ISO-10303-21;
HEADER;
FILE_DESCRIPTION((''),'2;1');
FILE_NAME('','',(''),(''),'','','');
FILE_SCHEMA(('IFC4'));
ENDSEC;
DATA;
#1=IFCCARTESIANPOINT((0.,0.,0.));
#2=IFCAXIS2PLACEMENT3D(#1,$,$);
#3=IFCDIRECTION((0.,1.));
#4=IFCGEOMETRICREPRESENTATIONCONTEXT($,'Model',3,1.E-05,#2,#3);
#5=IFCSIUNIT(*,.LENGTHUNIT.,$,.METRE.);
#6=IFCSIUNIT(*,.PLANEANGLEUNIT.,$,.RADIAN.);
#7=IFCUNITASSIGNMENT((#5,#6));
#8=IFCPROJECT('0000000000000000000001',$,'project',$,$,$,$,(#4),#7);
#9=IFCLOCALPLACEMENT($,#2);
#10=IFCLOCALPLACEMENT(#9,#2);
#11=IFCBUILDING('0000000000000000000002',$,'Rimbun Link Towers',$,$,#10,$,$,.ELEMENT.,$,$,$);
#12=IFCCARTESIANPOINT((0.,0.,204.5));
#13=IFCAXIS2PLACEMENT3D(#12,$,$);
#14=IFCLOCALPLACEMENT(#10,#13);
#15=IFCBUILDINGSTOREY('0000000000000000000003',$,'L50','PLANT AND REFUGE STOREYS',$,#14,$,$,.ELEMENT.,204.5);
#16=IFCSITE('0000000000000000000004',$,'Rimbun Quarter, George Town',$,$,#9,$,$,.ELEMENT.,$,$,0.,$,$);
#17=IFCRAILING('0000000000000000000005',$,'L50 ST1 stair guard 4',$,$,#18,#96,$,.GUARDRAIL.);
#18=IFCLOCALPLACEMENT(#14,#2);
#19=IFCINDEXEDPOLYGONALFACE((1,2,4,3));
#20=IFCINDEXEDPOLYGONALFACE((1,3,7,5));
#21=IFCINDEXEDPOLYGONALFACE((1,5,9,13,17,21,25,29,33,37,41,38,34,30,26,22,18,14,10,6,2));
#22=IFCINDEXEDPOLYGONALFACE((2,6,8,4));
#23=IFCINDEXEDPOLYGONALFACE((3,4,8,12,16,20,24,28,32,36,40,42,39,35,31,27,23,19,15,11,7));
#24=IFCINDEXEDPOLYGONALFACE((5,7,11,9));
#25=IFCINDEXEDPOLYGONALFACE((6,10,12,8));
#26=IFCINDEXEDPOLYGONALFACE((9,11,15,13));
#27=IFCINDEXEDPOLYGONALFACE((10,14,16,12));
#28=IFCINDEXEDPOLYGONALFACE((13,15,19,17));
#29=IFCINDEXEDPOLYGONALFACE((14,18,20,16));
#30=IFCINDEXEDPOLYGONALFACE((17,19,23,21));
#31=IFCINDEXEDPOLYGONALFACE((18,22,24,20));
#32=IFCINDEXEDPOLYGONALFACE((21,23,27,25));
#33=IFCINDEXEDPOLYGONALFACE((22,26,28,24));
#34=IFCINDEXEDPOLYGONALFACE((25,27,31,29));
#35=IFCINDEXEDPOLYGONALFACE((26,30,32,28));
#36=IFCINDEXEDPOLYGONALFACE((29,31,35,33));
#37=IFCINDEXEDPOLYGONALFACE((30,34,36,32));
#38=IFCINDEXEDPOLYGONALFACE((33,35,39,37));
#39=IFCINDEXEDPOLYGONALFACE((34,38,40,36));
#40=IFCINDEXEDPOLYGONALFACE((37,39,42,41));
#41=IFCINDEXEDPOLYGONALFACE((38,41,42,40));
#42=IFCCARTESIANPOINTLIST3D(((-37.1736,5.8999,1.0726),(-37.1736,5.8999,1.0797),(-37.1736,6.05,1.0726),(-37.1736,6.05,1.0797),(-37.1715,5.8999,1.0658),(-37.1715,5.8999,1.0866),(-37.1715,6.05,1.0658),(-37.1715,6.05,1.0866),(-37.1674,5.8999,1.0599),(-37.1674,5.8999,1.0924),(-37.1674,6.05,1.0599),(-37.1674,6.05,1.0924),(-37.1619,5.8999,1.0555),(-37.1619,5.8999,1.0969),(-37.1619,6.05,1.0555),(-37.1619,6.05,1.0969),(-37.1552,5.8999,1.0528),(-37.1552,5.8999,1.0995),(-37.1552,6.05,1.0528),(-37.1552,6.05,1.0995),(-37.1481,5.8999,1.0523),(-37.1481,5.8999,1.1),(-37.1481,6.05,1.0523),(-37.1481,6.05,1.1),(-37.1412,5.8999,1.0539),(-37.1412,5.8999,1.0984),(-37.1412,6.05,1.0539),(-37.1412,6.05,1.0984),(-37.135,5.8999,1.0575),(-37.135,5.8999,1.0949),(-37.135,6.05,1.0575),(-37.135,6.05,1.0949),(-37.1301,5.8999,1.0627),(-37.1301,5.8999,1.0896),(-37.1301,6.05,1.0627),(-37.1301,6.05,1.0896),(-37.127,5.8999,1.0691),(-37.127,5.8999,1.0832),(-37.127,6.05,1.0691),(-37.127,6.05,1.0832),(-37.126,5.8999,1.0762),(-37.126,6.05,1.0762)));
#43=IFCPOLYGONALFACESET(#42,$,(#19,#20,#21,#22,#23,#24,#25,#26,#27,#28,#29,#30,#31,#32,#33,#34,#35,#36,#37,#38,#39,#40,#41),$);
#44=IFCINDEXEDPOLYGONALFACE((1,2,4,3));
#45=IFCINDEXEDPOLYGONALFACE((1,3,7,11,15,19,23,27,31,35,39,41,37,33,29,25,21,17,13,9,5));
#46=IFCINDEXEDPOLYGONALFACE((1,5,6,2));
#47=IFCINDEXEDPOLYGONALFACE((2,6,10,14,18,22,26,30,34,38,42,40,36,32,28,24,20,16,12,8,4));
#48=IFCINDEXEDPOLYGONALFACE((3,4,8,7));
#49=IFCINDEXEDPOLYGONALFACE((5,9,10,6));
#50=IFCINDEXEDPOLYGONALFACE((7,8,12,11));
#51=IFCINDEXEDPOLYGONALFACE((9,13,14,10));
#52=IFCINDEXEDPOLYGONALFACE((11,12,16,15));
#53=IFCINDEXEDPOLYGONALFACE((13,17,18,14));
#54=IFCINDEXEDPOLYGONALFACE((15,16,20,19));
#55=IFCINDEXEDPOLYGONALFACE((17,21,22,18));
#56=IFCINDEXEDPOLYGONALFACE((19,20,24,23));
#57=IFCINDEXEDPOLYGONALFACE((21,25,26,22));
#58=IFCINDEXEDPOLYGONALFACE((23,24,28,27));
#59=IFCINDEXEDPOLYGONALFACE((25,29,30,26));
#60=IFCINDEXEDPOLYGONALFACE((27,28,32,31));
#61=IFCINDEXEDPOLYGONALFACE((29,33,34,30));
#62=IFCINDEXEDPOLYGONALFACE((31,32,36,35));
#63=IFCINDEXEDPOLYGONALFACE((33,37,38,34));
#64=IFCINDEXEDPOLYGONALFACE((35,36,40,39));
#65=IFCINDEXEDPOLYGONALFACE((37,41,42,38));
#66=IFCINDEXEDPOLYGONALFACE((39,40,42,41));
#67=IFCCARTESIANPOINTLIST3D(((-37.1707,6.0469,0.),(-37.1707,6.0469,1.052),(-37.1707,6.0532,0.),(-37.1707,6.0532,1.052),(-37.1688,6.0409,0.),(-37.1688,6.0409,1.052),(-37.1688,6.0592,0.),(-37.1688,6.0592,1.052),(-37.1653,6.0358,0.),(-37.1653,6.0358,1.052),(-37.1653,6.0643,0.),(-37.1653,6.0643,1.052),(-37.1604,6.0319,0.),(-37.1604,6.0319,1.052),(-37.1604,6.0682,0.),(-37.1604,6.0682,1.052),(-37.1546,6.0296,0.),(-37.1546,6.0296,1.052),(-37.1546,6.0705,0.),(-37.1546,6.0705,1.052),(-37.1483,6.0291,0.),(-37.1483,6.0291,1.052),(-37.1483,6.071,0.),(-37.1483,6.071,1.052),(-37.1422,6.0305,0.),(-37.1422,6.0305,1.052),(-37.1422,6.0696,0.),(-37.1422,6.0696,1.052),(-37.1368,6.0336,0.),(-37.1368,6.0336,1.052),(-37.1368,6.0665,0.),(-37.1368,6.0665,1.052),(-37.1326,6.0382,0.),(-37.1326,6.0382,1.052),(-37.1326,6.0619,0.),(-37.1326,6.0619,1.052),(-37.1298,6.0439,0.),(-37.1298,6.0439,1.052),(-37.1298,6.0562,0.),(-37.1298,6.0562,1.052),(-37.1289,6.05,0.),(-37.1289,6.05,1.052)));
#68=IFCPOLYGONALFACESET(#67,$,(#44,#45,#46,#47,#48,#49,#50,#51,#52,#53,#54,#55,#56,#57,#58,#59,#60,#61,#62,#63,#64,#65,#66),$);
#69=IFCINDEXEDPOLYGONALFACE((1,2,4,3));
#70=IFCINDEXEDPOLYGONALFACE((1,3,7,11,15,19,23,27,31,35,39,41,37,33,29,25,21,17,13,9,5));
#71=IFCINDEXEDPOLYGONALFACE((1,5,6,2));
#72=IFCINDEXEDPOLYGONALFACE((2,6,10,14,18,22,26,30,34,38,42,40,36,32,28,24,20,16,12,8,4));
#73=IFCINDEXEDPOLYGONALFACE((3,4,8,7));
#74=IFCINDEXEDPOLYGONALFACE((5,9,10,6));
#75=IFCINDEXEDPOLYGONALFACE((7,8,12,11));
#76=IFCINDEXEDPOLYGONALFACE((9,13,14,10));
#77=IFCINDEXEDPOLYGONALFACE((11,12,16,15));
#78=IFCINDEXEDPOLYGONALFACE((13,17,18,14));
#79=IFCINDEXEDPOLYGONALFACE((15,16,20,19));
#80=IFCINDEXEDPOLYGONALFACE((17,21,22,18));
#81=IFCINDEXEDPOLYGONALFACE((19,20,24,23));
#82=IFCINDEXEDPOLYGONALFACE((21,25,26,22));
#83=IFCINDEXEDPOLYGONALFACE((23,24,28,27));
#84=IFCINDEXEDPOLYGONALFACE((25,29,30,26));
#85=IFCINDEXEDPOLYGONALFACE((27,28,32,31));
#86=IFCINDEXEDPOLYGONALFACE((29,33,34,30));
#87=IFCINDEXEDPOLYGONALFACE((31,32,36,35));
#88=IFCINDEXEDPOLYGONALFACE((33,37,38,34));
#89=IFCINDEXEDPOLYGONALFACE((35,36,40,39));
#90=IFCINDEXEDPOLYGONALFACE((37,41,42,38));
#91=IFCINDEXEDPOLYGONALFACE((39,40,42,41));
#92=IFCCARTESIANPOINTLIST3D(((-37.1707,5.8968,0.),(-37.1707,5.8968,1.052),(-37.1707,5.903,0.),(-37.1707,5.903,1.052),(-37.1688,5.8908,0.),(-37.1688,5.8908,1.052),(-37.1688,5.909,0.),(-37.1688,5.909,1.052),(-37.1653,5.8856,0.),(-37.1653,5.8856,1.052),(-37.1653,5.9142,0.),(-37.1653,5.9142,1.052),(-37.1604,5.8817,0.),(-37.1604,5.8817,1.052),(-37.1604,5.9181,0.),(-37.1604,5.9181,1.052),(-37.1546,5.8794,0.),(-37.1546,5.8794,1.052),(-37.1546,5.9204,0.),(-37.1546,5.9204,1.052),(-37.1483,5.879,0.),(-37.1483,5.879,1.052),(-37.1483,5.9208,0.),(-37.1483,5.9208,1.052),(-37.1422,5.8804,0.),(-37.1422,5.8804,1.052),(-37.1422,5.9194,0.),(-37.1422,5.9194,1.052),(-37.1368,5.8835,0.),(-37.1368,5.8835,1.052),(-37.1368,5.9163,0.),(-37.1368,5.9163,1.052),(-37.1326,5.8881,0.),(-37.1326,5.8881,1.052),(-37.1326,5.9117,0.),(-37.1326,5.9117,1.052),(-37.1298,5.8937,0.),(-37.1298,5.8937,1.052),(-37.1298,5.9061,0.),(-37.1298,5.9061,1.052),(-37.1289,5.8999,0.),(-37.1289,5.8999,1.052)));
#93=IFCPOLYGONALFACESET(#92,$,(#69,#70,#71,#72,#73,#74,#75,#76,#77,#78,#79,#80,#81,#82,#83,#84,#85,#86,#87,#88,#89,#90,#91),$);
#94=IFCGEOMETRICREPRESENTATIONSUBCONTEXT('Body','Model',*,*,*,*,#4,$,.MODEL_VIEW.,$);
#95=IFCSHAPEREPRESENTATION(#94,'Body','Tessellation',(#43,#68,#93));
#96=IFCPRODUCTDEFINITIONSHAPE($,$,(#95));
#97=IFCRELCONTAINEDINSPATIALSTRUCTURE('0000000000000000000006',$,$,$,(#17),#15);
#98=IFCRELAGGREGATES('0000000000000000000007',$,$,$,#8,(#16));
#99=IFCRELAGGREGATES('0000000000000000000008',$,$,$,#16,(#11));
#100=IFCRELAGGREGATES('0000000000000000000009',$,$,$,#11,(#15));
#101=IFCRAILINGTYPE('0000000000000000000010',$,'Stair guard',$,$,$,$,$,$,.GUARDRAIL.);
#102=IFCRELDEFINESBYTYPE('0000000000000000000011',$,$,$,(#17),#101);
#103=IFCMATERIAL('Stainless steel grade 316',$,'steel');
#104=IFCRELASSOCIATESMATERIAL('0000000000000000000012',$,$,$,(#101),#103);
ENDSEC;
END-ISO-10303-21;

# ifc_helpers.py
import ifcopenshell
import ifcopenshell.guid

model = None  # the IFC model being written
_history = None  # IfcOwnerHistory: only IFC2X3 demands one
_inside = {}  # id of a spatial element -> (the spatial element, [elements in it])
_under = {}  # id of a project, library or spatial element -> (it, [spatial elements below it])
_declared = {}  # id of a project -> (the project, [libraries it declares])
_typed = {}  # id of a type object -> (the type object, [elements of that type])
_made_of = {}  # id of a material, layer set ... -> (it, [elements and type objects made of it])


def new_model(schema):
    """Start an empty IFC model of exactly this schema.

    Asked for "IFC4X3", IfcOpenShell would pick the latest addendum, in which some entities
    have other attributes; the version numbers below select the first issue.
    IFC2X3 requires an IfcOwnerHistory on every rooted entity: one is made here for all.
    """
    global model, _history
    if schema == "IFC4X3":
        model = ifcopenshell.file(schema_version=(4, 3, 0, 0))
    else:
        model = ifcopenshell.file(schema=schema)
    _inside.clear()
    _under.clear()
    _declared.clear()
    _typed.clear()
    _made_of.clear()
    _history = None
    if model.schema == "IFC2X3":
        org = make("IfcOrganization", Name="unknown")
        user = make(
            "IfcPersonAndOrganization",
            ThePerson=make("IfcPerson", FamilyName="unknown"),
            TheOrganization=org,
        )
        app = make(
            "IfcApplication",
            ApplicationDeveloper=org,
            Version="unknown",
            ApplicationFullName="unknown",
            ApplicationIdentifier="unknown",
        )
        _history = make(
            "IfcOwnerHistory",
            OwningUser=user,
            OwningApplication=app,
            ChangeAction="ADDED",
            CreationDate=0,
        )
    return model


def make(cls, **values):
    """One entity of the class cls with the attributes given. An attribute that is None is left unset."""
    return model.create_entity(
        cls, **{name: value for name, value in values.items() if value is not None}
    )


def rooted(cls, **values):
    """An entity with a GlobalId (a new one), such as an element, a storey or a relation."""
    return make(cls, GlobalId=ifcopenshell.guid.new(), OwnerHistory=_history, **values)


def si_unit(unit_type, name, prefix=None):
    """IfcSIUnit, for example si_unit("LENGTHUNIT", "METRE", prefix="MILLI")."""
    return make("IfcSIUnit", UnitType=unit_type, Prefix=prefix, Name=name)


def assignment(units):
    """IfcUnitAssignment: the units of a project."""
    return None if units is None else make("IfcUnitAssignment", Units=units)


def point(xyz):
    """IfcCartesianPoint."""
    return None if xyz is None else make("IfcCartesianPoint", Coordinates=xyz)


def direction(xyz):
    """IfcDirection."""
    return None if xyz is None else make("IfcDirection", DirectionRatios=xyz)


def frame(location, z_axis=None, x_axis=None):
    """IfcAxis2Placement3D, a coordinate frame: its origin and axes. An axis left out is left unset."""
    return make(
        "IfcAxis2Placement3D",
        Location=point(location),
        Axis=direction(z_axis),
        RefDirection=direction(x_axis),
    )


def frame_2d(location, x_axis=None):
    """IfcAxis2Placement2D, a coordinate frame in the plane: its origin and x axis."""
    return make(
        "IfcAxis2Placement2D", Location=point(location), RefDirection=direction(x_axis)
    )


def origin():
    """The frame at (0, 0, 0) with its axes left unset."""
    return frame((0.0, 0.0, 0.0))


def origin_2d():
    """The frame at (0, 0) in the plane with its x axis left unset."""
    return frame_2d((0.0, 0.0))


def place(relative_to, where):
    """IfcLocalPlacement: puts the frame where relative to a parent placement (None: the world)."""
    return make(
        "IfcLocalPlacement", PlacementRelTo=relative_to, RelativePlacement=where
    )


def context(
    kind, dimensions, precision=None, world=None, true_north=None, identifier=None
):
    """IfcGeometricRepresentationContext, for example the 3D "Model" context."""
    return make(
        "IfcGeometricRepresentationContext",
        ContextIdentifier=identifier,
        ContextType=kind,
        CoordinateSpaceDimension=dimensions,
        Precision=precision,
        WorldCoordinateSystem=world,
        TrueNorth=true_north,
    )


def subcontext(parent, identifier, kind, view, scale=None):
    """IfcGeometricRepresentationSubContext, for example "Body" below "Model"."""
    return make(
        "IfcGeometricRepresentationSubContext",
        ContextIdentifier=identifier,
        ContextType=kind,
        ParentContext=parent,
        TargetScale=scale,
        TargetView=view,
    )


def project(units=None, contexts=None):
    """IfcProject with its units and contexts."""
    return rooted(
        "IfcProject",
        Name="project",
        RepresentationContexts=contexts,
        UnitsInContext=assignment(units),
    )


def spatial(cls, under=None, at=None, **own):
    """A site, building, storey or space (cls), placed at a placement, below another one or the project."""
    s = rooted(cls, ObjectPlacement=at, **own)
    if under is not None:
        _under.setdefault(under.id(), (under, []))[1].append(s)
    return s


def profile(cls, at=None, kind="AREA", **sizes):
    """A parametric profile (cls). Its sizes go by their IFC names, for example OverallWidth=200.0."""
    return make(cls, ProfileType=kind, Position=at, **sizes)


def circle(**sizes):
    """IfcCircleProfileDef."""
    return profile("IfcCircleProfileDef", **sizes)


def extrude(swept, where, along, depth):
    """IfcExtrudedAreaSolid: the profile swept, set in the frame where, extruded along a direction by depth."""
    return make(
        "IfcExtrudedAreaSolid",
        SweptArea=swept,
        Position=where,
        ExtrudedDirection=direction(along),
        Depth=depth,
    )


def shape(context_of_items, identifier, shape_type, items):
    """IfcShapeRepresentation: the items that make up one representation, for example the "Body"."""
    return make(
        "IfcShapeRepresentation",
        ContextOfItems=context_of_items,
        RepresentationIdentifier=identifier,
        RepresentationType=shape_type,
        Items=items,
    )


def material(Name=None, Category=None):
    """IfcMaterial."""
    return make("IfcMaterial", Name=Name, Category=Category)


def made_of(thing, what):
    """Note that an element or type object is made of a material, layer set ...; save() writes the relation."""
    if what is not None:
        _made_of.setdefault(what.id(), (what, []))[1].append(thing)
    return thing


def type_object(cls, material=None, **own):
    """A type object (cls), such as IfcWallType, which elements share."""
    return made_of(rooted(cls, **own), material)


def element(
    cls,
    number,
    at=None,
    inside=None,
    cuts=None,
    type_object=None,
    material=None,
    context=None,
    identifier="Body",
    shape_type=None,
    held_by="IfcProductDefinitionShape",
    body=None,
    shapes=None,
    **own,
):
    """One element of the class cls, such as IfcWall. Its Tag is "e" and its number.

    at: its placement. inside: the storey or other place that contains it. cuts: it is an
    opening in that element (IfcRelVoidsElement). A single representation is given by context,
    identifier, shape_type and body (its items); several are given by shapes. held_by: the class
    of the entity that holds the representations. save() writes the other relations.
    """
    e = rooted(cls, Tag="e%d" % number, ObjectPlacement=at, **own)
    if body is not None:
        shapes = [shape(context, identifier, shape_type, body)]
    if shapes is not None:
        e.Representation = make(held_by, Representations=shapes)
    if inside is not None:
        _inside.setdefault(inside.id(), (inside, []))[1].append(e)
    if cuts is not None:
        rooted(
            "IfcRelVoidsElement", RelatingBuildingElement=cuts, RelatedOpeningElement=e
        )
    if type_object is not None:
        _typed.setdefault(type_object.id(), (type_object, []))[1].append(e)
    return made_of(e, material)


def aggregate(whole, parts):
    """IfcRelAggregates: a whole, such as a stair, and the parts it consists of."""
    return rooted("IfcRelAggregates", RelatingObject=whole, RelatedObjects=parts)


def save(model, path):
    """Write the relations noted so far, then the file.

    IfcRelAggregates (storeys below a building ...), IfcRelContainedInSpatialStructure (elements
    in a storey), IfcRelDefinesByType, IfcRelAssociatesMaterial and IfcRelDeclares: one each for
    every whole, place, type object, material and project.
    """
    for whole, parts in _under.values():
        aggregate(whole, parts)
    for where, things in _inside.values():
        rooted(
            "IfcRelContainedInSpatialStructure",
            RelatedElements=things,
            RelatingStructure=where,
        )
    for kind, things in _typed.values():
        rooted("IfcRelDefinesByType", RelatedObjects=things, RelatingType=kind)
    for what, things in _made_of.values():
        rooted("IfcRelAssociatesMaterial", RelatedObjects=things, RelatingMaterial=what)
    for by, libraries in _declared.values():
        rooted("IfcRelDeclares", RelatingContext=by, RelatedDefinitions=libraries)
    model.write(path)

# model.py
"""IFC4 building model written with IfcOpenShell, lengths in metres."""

from ifc_helpers import new_model, si_unit, direction, frame, origin, origin_2d, place, context, subcontext, project, spatial, circle, extrude, material, type_object, element, save


model = new_model("IFC4")

# Units and contexts
model_context = context("Model", 3, precision=1e-05, world=origin(), true_north=direction((0.0, 1.0)))
body_context = subcontext(model_context, "Body", "Model", "MODEL_VIEW")
ifc_project = project(units=[si_unit("LENGTHUNIT", "METRE"), si_unit("PLANEANGLEUNIT", "RADIAN")], contexts=[model_context])

# Site, building, storey
site_placement = place(None, origin())
site = spatial("IfcSite", under=ifc_project, at=site_placement, Name="Rimbun Quarter, George Town", CompositionType="ELEMENT", RefElevation=0.0)
building_placement = place(site_placement, origin())
building = spatial("IfcBuilding", under=site, at=building_placement, Name="Rimbun Link Towers", CompositionType="ELEMENT")
storey_placement = place(building_placement, frame((0.0, 0.0, 204.5)))
storey = spatial("IfcBuildingStorey", under=building, at=storey_placement, Name="L50", Description="PLANT AND REFUGE STOREYS", CompositionType="ELEMENT", Elevation=204.5)

# Railing
ifc_material_1 = material(Name="Stainless steel grade 316", Category="steel")
railing_type_1 = type_object("IfcRailingType", Name="Stair guard", PredefinedType="GUARDRAIL", material=ifc_material_1)
railing_1_placement = place(storey_placement, frame((-37.1499, 6.05, 0.0)))
element("IfcRailing", 1, at=railing_1_placement, inside=storey, type_object=railing_type_1, Name="L50 ST1 stair guard 4", PredefinedType="GUARDRAIL", context=body_context, shape_type="SweptSolid", body=[
    extrude(circle(Radius=0.0239, at=origin_2d()), frame((0.0, 0.0, 1.0762), z_axis=(0.0, -1.0, 0.0), x_axis=(1.0, 0.0, 0.0)), (0.0, 0.0, 1.0), 0.1501),
    extrude(circle(Radius=0.021, at=origin_2d()), origin(), (0.0, 0.0, 1.0), 1.052),
    extrude(circle(Radius=0.021, at=origin_2d()), frame((0.0, -0.1501, 0.0)), (0.0, 0.0, 1.0), 1.052),
])

save(model, "model.ifc")
